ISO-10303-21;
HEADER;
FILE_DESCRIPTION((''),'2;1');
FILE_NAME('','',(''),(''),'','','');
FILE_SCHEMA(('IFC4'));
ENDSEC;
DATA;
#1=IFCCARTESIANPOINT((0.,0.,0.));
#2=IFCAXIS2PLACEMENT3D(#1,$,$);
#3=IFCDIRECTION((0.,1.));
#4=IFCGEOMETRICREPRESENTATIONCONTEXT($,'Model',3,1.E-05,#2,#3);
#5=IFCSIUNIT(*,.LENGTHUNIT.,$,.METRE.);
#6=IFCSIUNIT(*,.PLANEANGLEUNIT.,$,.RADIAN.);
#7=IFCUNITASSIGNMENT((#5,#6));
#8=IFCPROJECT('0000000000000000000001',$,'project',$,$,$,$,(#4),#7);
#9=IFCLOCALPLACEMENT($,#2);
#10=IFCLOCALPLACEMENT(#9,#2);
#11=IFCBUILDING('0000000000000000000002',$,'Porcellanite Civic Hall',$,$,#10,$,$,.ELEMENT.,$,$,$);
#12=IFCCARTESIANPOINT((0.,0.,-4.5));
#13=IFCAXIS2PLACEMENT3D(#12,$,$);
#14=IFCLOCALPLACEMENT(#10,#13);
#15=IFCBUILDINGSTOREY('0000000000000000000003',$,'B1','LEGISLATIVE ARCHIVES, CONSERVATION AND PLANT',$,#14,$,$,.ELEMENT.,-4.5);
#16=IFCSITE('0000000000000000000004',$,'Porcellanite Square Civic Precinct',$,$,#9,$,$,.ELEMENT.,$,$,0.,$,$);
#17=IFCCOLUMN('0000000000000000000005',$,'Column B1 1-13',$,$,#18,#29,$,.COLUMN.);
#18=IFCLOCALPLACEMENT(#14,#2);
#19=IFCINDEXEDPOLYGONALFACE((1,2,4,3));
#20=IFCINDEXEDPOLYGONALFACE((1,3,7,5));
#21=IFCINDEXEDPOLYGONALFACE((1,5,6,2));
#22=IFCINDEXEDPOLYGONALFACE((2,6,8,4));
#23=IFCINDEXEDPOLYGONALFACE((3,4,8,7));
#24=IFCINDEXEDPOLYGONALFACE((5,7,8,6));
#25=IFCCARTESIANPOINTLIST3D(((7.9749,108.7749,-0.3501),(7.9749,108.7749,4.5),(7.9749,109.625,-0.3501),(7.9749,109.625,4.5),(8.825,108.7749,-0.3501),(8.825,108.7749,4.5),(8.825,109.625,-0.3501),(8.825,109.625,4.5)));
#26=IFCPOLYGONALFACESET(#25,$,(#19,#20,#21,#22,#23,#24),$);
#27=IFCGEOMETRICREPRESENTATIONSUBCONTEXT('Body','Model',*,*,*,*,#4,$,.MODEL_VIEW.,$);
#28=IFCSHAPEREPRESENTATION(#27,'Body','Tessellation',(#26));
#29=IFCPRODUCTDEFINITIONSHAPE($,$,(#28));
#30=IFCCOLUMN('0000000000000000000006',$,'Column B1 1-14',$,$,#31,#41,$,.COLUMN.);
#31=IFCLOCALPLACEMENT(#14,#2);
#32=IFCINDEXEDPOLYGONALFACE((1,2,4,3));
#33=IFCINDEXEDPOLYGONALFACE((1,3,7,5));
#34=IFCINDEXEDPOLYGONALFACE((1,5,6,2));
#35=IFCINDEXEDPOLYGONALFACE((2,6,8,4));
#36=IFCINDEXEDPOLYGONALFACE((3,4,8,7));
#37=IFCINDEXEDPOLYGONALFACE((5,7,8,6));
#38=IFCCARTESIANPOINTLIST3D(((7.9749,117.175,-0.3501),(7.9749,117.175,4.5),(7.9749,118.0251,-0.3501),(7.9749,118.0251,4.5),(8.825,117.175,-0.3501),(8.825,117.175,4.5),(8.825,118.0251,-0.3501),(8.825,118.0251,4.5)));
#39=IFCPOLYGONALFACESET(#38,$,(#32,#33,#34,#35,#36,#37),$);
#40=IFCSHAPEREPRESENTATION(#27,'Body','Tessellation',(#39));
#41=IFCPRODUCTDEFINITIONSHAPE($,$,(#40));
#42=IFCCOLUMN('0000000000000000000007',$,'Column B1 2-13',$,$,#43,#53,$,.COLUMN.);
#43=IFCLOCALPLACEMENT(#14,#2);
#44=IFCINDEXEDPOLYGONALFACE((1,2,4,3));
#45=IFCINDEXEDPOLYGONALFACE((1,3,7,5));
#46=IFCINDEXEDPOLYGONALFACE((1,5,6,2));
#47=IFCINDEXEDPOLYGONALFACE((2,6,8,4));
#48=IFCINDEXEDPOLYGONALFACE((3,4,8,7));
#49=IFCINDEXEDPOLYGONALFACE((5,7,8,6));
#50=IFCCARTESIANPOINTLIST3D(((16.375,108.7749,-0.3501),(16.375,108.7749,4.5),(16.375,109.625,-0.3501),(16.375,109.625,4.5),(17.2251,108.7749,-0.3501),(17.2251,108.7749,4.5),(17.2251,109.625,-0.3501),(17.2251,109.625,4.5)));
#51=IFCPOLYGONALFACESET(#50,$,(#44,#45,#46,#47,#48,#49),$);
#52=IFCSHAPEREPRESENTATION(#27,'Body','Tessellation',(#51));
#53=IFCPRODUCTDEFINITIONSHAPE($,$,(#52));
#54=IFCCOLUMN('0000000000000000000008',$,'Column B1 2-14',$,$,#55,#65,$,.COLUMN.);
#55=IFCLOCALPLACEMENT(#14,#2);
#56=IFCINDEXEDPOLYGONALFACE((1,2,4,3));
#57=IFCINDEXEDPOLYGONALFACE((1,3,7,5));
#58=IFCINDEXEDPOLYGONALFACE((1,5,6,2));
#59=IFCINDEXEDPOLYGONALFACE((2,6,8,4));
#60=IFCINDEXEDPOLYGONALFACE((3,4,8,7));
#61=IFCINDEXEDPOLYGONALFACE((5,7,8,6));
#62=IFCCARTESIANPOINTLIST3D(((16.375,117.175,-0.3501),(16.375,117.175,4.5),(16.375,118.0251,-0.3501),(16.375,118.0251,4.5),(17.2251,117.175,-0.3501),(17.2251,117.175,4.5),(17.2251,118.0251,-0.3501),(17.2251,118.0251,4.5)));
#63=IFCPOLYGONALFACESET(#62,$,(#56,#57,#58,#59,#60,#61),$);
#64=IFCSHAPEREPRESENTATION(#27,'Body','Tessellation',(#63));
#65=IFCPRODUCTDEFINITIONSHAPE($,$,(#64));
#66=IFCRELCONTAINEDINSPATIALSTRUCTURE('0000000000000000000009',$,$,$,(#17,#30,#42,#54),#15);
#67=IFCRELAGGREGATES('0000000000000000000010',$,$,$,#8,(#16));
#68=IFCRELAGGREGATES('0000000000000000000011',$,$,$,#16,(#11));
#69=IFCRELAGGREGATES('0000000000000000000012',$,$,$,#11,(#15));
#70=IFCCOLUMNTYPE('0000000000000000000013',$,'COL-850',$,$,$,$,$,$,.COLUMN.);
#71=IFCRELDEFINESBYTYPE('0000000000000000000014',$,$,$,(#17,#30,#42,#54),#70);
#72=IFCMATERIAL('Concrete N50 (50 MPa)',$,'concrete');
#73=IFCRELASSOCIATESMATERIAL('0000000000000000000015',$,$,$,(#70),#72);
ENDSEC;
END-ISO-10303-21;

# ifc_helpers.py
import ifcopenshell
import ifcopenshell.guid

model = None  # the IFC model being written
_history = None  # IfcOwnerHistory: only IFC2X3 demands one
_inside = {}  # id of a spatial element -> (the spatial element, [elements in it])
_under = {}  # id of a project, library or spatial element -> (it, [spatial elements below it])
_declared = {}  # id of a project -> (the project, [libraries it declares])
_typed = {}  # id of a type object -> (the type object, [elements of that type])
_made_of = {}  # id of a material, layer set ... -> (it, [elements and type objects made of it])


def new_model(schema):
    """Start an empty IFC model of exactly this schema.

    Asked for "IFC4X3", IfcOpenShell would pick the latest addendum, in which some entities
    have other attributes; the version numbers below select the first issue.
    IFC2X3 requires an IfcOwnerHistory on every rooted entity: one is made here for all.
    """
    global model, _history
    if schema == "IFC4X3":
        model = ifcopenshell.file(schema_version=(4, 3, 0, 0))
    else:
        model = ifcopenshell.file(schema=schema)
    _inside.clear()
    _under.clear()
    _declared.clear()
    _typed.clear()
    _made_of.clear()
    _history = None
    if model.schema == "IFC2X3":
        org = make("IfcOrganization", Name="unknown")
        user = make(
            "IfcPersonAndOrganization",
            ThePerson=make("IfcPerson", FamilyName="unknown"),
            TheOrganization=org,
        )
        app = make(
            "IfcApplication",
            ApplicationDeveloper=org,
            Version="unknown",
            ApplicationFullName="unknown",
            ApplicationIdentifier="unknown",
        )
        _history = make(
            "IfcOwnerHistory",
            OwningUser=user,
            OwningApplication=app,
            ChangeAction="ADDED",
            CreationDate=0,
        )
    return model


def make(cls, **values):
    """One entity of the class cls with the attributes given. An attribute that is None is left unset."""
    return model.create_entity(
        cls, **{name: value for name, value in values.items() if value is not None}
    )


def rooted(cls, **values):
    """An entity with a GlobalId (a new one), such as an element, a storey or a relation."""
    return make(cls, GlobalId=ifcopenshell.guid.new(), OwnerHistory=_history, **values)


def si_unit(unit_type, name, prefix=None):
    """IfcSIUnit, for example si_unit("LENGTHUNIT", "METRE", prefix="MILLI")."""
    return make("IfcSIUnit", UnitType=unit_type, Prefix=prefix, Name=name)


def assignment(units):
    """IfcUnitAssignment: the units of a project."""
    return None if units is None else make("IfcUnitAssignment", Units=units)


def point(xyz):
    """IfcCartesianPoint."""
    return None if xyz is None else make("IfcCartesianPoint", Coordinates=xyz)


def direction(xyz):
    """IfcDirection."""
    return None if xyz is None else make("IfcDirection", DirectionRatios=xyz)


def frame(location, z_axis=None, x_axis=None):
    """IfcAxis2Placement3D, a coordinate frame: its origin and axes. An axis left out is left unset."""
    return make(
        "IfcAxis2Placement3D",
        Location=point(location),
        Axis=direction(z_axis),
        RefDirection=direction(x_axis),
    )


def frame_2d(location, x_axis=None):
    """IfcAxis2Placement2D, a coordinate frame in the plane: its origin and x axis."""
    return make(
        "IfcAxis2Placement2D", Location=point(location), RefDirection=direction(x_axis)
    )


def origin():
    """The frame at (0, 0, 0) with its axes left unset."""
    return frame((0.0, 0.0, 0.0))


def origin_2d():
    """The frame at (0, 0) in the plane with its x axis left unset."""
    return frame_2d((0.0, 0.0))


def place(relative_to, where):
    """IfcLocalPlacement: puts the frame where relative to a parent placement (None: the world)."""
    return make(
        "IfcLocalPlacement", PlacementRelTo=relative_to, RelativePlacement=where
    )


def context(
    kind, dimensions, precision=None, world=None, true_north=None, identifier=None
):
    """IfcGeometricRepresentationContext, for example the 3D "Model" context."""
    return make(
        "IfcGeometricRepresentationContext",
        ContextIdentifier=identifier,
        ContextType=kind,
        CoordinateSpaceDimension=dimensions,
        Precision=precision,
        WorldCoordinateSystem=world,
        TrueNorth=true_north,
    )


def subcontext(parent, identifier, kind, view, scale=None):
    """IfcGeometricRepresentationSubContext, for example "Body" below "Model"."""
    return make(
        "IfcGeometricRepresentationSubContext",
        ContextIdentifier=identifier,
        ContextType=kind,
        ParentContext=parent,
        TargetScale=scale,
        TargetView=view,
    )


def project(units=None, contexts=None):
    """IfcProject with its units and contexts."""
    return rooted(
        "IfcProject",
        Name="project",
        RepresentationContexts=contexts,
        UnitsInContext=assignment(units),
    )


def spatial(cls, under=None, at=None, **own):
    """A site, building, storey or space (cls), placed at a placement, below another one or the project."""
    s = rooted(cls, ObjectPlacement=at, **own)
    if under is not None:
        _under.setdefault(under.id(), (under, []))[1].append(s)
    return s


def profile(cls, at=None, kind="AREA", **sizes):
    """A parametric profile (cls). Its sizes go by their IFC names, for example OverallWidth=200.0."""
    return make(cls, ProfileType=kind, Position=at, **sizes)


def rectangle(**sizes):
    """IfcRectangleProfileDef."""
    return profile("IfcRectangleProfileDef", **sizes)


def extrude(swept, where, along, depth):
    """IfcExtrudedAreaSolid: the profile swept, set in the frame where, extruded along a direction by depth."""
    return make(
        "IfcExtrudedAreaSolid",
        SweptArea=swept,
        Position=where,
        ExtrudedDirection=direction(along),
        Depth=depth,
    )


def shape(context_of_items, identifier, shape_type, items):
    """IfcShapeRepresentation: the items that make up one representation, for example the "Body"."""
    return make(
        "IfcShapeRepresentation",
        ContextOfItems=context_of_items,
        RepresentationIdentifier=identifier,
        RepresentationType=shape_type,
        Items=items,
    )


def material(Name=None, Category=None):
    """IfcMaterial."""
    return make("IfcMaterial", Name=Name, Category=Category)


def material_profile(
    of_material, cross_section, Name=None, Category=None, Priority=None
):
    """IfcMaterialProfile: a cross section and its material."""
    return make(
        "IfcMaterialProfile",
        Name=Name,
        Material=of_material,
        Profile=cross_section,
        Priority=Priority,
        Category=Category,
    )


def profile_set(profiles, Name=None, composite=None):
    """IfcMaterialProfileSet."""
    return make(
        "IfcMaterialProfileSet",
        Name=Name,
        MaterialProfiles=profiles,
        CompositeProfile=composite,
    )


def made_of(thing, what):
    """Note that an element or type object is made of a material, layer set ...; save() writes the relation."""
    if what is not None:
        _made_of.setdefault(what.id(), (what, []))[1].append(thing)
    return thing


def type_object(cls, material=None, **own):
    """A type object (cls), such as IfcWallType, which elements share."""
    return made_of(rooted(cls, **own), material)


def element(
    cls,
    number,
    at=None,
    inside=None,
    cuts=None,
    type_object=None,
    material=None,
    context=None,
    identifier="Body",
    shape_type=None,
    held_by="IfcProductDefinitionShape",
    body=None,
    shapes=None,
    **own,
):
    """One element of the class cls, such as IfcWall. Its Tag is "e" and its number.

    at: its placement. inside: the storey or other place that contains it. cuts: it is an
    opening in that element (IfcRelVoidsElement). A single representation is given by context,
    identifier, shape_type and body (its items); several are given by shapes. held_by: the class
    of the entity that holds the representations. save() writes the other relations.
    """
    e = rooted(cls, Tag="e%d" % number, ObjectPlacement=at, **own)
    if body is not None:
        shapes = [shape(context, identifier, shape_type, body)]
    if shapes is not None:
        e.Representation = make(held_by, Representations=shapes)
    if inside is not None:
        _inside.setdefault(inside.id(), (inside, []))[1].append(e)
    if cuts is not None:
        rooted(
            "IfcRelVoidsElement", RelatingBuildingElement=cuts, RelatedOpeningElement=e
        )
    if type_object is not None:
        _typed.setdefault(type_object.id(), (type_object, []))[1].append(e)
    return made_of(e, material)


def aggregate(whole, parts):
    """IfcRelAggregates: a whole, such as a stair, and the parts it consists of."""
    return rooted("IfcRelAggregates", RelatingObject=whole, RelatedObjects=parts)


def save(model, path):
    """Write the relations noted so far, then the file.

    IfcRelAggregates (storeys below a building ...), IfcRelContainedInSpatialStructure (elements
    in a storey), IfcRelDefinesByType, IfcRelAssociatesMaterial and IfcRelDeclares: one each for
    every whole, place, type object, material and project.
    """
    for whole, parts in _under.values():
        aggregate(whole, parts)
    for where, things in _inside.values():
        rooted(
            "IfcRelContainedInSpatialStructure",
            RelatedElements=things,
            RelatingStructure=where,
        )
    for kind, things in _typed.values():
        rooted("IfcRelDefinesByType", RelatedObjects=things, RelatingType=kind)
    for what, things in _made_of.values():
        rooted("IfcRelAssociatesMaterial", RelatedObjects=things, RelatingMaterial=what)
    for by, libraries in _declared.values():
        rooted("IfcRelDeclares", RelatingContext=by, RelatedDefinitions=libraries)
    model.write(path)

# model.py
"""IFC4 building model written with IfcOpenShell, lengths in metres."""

from ifc_helpers import new_model, si_unit, direction, frame, origin, origin_2d, place, context, subcontext, project, spatial, rectangle, extrude, material, material_profile, profile_set, type_object, element, save


model = new_model("IFC4")

# Units and contexts
model_context = context("Model", 3, precision=1e-05, world=origin(), true_north=direction((0.0, 1.0)))
body_context = subcontext(model_context, "Body", "Model", "MODEL_VIEW")
ifc_project = project(units=[si_unit("LENGTHUNIT", "METRE"), si_unit("PLANEANGLEUNIT", "RADIAN")], contexts=[model_context])

# Site, building, storey
site_placement = place(None, origin())
site = spatial("IfcSite", under=ifc_project, at=site_placement, Name="Porcellanite Square Civic Precinct", CompositionType="ELEMENT", RefElevation=0.0)
building_placement = place(site_placement, origin())
building = spatial("IfcBuilding", under=site, at=building_placement, Name="Porcellanite Civic Hall", CompositionType="ELEMENT")
storey_placement = place(building_placement, frame((0.0, 0.0, -4.5)))
storey = spatial("IfcBuildingStorey", under=building, at=storey_placement, Name="B1", Description="LEGISLATIVE ARCHIVES, CONSERVATION AND PLANT", CompositionType="ELEMENT", Elevation=-4.5)

# Columns
ifc_material_1 = material(Name="Concrete N50 (50 MPa)", Category="concrete")
ifc_material_profile_1 = material_profile(ifc_material_1, rectangle(XDim=0.8501, YDim=0.8501, at=origin_2d()), Name="RC-850x850")
ifc_profile_set_1 = profile_set([ifc_material_profile_1], Name="Concrete N50 (50 MPa)")
column_type = type_object("IfcColumnType", Name="COL-850", PredefinedType="COLUMN", material=ifc_profile_set_1)
for number, where, z_axis, x_axis, name in (
    (1, (8.3999, 109.2, -0.3501), (0.0, 0.0, 1.0), (1.0, 0.0, 0.0), "Column B1 1-13"),
    (2, (8.3999, 117.6001, -0.3501), (0.0, 0.0, 1.0), (1.0, 0.0, 0.0), "Column B1 1-14"),
    (3, (16.8, 109.2, -0.3501), (0.0, 0.0, 1.0), (1.0, 0.0, 0.0), "Column B1 2-13"),
    (4, (16.8, 117.6001, -0.3501), (0.0, 0.0, 1.0), (1.0, 0.0, 0.0), "Column B1 2-14"),
):
    element("IfcColumn", number, at=place(storey_placement, frame(where, z_axis=z_axis, x_axis=x_axis)), inside=storey, type_object=column_type, Name=name, PredefinedType="COLUMN", context=body_context, shape_type="SweptSolid", body=[
        extrude(rectangle(XDim=0.8501, YDim=0.8501, at=origin_2d()), origin(), (0.0, 0.0, 1.0), 4.8501),
    ])

save(model, "model.ifc")
